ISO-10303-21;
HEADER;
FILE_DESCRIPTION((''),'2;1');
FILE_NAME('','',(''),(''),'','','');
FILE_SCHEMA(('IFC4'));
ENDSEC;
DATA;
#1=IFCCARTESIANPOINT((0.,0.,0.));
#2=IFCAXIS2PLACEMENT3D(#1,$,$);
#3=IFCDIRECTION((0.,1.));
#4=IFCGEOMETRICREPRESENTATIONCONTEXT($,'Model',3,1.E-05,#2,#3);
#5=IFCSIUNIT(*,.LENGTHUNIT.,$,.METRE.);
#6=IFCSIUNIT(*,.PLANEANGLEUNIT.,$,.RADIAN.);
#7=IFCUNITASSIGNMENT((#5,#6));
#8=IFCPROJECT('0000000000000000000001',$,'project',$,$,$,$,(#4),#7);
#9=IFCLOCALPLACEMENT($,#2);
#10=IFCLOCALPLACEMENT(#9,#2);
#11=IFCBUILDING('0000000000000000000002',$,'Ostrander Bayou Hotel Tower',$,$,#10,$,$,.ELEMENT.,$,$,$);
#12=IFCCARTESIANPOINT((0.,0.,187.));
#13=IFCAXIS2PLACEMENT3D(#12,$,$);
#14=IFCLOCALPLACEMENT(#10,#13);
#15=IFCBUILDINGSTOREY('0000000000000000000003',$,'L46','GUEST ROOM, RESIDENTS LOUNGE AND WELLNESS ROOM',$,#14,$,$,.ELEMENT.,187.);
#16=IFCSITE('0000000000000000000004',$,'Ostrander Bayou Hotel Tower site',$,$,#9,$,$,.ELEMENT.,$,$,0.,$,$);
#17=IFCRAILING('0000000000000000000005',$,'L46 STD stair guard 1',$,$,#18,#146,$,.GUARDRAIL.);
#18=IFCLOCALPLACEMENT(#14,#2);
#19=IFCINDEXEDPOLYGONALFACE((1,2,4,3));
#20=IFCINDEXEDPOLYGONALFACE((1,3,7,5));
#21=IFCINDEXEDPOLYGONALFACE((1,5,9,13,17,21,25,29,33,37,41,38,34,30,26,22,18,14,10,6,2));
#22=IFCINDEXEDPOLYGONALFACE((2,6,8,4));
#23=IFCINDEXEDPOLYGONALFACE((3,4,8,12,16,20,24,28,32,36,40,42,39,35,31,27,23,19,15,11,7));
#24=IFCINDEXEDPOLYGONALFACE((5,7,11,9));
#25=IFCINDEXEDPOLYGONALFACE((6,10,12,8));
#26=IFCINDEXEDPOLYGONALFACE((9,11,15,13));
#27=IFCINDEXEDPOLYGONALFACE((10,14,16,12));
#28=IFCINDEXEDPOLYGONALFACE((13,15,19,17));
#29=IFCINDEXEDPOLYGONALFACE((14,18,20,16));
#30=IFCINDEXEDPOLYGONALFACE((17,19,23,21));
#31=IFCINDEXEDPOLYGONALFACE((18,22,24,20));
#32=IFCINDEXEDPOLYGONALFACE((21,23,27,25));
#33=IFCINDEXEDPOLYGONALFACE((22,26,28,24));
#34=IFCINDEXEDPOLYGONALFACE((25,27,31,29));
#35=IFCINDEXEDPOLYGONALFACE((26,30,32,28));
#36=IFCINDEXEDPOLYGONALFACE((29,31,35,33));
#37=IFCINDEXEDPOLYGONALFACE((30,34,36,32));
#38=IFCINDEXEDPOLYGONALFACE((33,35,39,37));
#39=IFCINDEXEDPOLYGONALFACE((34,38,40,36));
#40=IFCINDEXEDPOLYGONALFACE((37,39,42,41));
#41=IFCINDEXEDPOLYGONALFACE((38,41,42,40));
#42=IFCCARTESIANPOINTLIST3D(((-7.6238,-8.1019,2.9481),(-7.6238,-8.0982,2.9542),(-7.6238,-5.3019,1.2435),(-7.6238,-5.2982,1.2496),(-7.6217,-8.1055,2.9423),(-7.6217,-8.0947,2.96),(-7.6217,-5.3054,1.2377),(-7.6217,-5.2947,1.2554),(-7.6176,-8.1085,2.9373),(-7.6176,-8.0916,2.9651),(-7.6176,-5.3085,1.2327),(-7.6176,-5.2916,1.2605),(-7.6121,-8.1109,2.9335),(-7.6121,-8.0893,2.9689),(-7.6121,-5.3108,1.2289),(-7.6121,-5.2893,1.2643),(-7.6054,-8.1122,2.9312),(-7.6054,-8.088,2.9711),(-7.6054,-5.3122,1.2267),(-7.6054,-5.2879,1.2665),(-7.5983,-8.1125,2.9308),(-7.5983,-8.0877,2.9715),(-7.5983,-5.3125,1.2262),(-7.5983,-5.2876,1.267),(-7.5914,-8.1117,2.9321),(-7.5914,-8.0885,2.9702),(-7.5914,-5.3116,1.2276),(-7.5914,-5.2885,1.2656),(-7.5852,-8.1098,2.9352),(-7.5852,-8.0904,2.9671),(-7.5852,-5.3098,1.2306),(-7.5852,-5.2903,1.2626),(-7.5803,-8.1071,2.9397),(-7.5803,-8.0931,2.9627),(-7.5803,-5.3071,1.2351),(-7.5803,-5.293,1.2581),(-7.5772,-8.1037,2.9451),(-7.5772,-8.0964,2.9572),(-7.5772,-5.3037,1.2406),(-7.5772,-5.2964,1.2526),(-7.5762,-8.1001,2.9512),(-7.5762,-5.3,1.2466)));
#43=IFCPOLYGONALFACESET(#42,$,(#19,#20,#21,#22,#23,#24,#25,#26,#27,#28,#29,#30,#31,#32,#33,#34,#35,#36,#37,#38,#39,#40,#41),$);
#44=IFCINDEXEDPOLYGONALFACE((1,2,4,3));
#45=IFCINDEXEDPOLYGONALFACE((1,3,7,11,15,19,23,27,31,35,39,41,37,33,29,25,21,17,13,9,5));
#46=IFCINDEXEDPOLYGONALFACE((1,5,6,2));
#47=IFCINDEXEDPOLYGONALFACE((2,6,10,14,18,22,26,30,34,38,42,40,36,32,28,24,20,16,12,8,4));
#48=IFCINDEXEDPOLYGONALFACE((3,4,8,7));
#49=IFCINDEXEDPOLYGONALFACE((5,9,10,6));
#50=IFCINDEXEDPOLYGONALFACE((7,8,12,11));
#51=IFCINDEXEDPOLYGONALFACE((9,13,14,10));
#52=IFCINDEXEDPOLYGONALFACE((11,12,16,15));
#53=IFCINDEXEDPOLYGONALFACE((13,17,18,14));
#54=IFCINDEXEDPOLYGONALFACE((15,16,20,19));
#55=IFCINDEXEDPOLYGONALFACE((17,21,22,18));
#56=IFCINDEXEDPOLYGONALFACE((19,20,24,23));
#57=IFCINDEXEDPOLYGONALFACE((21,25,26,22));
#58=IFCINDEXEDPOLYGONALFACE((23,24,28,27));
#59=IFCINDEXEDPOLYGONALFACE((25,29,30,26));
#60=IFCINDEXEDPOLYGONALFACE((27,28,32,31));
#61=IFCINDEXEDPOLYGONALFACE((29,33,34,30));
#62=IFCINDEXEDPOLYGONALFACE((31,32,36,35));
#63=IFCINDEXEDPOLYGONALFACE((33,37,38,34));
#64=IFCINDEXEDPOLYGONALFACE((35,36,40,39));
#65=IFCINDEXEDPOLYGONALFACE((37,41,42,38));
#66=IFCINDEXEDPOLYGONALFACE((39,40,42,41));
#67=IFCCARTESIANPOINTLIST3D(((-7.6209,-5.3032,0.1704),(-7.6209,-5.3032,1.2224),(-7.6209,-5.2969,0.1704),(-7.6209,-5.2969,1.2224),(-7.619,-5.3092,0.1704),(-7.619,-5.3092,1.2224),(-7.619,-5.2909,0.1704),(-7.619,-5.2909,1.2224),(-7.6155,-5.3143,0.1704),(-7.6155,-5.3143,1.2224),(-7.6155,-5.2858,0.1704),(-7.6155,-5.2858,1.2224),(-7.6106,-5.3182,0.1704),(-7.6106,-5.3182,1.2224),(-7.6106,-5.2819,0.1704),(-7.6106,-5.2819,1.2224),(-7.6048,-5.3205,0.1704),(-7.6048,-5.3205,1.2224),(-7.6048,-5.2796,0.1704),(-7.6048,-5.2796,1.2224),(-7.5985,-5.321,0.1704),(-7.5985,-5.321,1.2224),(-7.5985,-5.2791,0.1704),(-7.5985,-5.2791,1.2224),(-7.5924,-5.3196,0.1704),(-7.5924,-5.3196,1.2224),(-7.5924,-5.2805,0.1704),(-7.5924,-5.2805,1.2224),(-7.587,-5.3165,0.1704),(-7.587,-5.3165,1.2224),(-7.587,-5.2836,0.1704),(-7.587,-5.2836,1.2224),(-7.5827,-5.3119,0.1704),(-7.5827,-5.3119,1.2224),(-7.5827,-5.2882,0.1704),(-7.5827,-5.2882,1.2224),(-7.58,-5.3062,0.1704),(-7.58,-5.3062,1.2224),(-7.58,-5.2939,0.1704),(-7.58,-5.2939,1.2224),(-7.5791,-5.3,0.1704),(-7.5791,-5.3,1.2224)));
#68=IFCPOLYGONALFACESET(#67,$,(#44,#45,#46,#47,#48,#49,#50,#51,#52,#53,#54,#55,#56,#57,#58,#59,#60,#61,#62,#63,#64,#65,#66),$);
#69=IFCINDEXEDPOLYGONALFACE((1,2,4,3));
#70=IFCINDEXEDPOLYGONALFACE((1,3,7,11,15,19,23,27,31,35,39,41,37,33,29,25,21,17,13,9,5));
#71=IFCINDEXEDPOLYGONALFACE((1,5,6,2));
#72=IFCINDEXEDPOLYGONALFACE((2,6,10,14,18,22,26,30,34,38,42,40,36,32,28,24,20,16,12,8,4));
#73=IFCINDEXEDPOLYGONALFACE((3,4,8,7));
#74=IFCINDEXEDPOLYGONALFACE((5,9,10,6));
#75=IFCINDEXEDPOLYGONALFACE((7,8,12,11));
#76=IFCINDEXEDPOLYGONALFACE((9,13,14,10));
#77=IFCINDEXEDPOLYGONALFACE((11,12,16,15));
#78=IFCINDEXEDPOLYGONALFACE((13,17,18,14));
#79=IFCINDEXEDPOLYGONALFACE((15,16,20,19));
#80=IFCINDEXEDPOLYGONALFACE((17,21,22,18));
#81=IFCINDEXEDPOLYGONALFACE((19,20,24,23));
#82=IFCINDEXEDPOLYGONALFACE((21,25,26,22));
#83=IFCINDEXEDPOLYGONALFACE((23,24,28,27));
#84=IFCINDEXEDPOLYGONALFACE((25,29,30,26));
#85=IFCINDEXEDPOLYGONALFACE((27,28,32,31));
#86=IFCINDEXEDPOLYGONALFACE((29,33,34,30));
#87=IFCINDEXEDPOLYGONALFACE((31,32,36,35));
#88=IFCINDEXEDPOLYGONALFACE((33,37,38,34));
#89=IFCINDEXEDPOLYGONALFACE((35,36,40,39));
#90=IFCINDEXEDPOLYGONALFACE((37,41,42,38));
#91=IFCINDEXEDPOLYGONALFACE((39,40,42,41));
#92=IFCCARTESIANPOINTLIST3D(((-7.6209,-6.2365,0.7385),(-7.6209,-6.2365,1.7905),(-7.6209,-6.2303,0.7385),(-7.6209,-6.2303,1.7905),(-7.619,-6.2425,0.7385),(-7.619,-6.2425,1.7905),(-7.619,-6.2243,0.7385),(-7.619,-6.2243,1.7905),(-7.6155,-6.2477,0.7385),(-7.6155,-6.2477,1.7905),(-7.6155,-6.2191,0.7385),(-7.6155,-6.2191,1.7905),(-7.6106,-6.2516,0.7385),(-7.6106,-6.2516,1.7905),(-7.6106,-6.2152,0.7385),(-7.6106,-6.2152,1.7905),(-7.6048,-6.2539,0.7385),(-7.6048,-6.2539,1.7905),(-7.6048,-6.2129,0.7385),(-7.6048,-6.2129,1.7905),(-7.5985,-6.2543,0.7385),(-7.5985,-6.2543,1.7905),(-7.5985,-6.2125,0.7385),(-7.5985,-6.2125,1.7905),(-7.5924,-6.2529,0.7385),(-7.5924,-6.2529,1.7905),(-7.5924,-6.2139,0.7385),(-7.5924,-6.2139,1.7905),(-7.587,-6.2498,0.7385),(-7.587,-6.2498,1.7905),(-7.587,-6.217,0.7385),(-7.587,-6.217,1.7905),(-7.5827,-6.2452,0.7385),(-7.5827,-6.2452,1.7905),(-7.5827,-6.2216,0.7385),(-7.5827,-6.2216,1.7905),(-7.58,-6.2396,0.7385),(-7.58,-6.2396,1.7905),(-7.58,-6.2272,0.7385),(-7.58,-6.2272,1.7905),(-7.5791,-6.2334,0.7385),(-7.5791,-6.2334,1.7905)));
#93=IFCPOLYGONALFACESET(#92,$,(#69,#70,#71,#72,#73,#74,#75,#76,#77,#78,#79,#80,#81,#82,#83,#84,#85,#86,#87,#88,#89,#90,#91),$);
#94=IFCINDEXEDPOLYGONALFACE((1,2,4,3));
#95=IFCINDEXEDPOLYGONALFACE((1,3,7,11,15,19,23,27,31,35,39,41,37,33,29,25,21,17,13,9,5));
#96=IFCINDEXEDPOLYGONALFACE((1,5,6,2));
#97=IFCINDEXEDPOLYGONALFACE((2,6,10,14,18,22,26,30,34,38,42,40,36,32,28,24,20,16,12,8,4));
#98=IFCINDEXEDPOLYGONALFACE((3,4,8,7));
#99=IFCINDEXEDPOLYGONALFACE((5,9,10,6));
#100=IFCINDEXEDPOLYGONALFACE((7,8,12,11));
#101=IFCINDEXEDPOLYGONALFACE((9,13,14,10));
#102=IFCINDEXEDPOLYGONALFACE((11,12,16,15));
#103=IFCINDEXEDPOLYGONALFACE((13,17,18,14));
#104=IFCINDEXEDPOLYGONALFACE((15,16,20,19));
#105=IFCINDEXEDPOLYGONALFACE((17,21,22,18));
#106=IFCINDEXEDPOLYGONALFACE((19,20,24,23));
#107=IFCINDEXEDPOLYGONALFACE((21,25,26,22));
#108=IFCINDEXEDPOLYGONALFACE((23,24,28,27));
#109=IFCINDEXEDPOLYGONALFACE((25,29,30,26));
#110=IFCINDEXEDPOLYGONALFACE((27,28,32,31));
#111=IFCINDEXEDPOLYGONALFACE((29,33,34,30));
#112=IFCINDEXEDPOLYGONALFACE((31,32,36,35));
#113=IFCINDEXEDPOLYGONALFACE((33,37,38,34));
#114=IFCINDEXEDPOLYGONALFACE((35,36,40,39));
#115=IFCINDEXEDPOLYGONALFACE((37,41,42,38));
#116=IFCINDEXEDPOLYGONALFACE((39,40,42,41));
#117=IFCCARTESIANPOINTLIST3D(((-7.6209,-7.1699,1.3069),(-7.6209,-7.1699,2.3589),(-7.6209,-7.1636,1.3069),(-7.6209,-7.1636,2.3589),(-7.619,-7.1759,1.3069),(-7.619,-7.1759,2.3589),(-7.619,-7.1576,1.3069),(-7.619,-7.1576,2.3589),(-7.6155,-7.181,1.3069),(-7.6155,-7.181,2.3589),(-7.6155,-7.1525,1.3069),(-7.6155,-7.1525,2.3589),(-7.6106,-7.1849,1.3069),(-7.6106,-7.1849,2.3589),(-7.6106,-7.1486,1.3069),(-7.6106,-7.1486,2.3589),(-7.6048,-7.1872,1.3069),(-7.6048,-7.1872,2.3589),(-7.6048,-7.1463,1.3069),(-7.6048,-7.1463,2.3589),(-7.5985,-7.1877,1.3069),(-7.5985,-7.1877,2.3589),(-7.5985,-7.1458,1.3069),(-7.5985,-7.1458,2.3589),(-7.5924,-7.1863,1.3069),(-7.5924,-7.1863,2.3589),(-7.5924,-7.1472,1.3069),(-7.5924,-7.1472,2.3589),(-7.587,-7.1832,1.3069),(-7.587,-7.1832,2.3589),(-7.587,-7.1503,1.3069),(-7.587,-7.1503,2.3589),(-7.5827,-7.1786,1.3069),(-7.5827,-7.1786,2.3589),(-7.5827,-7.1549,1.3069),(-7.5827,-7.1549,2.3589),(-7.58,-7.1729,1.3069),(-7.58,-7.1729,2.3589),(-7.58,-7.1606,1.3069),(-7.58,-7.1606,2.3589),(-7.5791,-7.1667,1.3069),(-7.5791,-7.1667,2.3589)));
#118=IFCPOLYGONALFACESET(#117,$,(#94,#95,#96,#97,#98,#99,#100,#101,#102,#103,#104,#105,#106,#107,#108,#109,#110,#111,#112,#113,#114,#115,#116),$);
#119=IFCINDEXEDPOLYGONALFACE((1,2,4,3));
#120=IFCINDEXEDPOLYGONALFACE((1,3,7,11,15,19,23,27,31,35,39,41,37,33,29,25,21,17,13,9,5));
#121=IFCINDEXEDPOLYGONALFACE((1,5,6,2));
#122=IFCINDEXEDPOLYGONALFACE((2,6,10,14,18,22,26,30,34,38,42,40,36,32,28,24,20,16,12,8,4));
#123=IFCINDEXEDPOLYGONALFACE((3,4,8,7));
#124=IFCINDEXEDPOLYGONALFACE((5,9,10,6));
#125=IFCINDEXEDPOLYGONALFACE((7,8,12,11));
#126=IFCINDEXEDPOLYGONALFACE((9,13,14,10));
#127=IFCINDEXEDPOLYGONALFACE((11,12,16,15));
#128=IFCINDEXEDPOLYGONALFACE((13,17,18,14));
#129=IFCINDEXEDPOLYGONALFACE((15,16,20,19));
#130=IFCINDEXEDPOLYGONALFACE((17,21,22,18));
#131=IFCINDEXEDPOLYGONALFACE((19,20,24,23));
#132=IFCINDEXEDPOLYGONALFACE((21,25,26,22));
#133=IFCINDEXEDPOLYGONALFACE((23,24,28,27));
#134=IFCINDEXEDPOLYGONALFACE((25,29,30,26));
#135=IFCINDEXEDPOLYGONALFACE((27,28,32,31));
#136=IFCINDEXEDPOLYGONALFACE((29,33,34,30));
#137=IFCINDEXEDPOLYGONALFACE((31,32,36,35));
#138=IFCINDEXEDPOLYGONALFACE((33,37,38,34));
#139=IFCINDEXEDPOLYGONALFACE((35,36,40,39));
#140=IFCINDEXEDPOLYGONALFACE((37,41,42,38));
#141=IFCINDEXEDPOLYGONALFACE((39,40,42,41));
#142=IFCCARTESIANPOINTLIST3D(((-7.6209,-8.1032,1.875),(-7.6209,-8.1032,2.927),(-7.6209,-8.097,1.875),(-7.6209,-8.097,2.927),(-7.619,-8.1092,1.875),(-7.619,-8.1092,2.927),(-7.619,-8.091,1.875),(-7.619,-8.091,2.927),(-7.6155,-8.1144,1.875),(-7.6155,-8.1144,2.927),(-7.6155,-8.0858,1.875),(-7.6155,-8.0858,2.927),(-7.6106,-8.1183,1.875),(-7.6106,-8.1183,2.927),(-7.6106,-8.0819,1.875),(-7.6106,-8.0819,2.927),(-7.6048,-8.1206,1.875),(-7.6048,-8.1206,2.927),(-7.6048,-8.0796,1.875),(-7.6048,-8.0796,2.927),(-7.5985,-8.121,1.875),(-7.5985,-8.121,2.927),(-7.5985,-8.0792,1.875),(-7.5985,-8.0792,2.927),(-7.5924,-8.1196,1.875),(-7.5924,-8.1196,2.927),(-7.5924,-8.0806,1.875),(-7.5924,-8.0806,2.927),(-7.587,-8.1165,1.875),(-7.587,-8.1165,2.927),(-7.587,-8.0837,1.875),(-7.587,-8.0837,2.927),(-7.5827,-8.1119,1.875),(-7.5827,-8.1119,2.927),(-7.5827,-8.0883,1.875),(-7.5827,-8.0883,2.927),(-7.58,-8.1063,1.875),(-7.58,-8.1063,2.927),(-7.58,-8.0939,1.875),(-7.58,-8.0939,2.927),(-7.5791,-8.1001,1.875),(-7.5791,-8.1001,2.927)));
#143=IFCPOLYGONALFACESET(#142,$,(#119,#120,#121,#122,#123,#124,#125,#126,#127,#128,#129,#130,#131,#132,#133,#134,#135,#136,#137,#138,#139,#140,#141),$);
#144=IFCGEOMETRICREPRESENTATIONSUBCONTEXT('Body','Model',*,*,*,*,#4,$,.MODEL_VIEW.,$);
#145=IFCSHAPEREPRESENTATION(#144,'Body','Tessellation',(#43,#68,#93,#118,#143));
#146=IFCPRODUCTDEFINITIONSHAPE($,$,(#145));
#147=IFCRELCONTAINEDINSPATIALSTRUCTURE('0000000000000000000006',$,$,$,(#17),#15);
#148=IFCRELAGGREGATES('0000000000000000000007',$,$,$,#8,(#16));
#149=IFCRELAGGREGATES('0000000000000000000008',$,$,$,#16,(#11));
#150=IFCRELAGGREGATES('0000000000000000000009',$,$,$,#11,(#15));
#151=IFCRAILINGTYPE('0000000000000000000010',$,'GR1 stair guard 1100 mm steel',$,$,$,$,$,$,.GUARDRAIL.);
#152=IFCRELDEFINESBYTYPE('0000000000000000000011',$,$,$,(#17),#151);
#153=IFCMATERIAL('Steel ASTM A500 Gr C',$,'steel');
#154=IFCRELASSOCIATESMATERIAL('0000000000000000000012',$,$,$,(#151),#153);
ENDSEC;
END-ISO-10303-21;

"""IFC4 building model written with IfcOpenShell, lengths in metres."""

from ifc_helpers import new_model, si_unit, direction, frame, origin, origin_2d, place, context, subcontext, project, spatial, circle, extrude, material, type_object, element, save


model = new_model("IFC4")

# Units and contexts
model_context = context("Model", 3, precision=1e-05, world=origin(), true_north=direction((0.0, 1.0)))
body_context = subcontext(model_context, "Body", "Model", "MODEL_VIEW")
ifc_project = project(units=[si_unit("LENGTHUNIT", "METRE"), si_unit("PLANEANGLEUNIT", "RADIAN")], contexts=[model_context])

# Site, building, storey
site_placement = place(None, origin())
site = spatial("IfcSite", under=ifc_project, at=site_placement, Name="Ostrander Bayou Hotel Tower site", CompositionType="ELEMENT", RefElevation=0.0)
building_placement = place(site_placement, origin())
building = spatial("IfcBuilding", under=site, at=building_placement, Name="Ostrander Bayou Hotel Tower", CompositionType="ELEMENT")
storey_placement = place(building_placement, frame((0.0, 0.0, 187.0)))
storey = spatial("IfcBuildingStorey", under=building, at=storey_placement, Name="L46", Description="GUEST ROOM, RESIDENTS LOUNGE AND WELLNESS ROOM", CompositionType="ELEMENT", Elevation=187.0)

# Railing
ifc_material_1 = material(Name="Steel ASTM A500 Gr C", Category="steel")
railing_type_1 = type_object("IfcRailingType", Name="GR1 stair guard 1100 mm steel", PredefinedType="GUARDRAIL", material=ifc_material_1)
railing_1_placement = place(storey_placement, frame((-7.6001, -5.3, 0.1704)))
element("IfcRailing", 1, at=railing_1_placement, inside=storey, type_object=railing_type_1, Name="L46 STD stair guard 1", PredefinedType="GUARDRAIL", context=body_context, shape_type="SweptSolid", body=[
    extrude(circle(Radius=0.0239, at=origin_2d()), frame((0.0, 0.0, 1.0762), z_axis=(0.0, -0.85417, 0.519994), x_axis=(1.0, 0.0, 0.0)), (0.0, 0.0, 1.0), 3.2781),
    extrude(circle(Radius=0.021, at=origin_2d()), origin(), (0.0, 0.0, 1.0), 1.052),
    extrude(circle(Radius=0.021, at=origin_2d()), frame((0.0, -0.9333, 0.5681)), (0.0, 0.0, 1.0), 1.052),
    extrude(circle(Radius=0.021, at=origin_2d()), frame((0.0, -1.8667, 1.1365)), (0.0, 0.0, 1.0), 1.052),
    extrude(circle(Radius=0.021, at=origin_2d()), frame((0.0, -2.8, 1.7046)), (0.0, 0.0, 1.0), 1.052),
])

save(model, "model.ifc")
